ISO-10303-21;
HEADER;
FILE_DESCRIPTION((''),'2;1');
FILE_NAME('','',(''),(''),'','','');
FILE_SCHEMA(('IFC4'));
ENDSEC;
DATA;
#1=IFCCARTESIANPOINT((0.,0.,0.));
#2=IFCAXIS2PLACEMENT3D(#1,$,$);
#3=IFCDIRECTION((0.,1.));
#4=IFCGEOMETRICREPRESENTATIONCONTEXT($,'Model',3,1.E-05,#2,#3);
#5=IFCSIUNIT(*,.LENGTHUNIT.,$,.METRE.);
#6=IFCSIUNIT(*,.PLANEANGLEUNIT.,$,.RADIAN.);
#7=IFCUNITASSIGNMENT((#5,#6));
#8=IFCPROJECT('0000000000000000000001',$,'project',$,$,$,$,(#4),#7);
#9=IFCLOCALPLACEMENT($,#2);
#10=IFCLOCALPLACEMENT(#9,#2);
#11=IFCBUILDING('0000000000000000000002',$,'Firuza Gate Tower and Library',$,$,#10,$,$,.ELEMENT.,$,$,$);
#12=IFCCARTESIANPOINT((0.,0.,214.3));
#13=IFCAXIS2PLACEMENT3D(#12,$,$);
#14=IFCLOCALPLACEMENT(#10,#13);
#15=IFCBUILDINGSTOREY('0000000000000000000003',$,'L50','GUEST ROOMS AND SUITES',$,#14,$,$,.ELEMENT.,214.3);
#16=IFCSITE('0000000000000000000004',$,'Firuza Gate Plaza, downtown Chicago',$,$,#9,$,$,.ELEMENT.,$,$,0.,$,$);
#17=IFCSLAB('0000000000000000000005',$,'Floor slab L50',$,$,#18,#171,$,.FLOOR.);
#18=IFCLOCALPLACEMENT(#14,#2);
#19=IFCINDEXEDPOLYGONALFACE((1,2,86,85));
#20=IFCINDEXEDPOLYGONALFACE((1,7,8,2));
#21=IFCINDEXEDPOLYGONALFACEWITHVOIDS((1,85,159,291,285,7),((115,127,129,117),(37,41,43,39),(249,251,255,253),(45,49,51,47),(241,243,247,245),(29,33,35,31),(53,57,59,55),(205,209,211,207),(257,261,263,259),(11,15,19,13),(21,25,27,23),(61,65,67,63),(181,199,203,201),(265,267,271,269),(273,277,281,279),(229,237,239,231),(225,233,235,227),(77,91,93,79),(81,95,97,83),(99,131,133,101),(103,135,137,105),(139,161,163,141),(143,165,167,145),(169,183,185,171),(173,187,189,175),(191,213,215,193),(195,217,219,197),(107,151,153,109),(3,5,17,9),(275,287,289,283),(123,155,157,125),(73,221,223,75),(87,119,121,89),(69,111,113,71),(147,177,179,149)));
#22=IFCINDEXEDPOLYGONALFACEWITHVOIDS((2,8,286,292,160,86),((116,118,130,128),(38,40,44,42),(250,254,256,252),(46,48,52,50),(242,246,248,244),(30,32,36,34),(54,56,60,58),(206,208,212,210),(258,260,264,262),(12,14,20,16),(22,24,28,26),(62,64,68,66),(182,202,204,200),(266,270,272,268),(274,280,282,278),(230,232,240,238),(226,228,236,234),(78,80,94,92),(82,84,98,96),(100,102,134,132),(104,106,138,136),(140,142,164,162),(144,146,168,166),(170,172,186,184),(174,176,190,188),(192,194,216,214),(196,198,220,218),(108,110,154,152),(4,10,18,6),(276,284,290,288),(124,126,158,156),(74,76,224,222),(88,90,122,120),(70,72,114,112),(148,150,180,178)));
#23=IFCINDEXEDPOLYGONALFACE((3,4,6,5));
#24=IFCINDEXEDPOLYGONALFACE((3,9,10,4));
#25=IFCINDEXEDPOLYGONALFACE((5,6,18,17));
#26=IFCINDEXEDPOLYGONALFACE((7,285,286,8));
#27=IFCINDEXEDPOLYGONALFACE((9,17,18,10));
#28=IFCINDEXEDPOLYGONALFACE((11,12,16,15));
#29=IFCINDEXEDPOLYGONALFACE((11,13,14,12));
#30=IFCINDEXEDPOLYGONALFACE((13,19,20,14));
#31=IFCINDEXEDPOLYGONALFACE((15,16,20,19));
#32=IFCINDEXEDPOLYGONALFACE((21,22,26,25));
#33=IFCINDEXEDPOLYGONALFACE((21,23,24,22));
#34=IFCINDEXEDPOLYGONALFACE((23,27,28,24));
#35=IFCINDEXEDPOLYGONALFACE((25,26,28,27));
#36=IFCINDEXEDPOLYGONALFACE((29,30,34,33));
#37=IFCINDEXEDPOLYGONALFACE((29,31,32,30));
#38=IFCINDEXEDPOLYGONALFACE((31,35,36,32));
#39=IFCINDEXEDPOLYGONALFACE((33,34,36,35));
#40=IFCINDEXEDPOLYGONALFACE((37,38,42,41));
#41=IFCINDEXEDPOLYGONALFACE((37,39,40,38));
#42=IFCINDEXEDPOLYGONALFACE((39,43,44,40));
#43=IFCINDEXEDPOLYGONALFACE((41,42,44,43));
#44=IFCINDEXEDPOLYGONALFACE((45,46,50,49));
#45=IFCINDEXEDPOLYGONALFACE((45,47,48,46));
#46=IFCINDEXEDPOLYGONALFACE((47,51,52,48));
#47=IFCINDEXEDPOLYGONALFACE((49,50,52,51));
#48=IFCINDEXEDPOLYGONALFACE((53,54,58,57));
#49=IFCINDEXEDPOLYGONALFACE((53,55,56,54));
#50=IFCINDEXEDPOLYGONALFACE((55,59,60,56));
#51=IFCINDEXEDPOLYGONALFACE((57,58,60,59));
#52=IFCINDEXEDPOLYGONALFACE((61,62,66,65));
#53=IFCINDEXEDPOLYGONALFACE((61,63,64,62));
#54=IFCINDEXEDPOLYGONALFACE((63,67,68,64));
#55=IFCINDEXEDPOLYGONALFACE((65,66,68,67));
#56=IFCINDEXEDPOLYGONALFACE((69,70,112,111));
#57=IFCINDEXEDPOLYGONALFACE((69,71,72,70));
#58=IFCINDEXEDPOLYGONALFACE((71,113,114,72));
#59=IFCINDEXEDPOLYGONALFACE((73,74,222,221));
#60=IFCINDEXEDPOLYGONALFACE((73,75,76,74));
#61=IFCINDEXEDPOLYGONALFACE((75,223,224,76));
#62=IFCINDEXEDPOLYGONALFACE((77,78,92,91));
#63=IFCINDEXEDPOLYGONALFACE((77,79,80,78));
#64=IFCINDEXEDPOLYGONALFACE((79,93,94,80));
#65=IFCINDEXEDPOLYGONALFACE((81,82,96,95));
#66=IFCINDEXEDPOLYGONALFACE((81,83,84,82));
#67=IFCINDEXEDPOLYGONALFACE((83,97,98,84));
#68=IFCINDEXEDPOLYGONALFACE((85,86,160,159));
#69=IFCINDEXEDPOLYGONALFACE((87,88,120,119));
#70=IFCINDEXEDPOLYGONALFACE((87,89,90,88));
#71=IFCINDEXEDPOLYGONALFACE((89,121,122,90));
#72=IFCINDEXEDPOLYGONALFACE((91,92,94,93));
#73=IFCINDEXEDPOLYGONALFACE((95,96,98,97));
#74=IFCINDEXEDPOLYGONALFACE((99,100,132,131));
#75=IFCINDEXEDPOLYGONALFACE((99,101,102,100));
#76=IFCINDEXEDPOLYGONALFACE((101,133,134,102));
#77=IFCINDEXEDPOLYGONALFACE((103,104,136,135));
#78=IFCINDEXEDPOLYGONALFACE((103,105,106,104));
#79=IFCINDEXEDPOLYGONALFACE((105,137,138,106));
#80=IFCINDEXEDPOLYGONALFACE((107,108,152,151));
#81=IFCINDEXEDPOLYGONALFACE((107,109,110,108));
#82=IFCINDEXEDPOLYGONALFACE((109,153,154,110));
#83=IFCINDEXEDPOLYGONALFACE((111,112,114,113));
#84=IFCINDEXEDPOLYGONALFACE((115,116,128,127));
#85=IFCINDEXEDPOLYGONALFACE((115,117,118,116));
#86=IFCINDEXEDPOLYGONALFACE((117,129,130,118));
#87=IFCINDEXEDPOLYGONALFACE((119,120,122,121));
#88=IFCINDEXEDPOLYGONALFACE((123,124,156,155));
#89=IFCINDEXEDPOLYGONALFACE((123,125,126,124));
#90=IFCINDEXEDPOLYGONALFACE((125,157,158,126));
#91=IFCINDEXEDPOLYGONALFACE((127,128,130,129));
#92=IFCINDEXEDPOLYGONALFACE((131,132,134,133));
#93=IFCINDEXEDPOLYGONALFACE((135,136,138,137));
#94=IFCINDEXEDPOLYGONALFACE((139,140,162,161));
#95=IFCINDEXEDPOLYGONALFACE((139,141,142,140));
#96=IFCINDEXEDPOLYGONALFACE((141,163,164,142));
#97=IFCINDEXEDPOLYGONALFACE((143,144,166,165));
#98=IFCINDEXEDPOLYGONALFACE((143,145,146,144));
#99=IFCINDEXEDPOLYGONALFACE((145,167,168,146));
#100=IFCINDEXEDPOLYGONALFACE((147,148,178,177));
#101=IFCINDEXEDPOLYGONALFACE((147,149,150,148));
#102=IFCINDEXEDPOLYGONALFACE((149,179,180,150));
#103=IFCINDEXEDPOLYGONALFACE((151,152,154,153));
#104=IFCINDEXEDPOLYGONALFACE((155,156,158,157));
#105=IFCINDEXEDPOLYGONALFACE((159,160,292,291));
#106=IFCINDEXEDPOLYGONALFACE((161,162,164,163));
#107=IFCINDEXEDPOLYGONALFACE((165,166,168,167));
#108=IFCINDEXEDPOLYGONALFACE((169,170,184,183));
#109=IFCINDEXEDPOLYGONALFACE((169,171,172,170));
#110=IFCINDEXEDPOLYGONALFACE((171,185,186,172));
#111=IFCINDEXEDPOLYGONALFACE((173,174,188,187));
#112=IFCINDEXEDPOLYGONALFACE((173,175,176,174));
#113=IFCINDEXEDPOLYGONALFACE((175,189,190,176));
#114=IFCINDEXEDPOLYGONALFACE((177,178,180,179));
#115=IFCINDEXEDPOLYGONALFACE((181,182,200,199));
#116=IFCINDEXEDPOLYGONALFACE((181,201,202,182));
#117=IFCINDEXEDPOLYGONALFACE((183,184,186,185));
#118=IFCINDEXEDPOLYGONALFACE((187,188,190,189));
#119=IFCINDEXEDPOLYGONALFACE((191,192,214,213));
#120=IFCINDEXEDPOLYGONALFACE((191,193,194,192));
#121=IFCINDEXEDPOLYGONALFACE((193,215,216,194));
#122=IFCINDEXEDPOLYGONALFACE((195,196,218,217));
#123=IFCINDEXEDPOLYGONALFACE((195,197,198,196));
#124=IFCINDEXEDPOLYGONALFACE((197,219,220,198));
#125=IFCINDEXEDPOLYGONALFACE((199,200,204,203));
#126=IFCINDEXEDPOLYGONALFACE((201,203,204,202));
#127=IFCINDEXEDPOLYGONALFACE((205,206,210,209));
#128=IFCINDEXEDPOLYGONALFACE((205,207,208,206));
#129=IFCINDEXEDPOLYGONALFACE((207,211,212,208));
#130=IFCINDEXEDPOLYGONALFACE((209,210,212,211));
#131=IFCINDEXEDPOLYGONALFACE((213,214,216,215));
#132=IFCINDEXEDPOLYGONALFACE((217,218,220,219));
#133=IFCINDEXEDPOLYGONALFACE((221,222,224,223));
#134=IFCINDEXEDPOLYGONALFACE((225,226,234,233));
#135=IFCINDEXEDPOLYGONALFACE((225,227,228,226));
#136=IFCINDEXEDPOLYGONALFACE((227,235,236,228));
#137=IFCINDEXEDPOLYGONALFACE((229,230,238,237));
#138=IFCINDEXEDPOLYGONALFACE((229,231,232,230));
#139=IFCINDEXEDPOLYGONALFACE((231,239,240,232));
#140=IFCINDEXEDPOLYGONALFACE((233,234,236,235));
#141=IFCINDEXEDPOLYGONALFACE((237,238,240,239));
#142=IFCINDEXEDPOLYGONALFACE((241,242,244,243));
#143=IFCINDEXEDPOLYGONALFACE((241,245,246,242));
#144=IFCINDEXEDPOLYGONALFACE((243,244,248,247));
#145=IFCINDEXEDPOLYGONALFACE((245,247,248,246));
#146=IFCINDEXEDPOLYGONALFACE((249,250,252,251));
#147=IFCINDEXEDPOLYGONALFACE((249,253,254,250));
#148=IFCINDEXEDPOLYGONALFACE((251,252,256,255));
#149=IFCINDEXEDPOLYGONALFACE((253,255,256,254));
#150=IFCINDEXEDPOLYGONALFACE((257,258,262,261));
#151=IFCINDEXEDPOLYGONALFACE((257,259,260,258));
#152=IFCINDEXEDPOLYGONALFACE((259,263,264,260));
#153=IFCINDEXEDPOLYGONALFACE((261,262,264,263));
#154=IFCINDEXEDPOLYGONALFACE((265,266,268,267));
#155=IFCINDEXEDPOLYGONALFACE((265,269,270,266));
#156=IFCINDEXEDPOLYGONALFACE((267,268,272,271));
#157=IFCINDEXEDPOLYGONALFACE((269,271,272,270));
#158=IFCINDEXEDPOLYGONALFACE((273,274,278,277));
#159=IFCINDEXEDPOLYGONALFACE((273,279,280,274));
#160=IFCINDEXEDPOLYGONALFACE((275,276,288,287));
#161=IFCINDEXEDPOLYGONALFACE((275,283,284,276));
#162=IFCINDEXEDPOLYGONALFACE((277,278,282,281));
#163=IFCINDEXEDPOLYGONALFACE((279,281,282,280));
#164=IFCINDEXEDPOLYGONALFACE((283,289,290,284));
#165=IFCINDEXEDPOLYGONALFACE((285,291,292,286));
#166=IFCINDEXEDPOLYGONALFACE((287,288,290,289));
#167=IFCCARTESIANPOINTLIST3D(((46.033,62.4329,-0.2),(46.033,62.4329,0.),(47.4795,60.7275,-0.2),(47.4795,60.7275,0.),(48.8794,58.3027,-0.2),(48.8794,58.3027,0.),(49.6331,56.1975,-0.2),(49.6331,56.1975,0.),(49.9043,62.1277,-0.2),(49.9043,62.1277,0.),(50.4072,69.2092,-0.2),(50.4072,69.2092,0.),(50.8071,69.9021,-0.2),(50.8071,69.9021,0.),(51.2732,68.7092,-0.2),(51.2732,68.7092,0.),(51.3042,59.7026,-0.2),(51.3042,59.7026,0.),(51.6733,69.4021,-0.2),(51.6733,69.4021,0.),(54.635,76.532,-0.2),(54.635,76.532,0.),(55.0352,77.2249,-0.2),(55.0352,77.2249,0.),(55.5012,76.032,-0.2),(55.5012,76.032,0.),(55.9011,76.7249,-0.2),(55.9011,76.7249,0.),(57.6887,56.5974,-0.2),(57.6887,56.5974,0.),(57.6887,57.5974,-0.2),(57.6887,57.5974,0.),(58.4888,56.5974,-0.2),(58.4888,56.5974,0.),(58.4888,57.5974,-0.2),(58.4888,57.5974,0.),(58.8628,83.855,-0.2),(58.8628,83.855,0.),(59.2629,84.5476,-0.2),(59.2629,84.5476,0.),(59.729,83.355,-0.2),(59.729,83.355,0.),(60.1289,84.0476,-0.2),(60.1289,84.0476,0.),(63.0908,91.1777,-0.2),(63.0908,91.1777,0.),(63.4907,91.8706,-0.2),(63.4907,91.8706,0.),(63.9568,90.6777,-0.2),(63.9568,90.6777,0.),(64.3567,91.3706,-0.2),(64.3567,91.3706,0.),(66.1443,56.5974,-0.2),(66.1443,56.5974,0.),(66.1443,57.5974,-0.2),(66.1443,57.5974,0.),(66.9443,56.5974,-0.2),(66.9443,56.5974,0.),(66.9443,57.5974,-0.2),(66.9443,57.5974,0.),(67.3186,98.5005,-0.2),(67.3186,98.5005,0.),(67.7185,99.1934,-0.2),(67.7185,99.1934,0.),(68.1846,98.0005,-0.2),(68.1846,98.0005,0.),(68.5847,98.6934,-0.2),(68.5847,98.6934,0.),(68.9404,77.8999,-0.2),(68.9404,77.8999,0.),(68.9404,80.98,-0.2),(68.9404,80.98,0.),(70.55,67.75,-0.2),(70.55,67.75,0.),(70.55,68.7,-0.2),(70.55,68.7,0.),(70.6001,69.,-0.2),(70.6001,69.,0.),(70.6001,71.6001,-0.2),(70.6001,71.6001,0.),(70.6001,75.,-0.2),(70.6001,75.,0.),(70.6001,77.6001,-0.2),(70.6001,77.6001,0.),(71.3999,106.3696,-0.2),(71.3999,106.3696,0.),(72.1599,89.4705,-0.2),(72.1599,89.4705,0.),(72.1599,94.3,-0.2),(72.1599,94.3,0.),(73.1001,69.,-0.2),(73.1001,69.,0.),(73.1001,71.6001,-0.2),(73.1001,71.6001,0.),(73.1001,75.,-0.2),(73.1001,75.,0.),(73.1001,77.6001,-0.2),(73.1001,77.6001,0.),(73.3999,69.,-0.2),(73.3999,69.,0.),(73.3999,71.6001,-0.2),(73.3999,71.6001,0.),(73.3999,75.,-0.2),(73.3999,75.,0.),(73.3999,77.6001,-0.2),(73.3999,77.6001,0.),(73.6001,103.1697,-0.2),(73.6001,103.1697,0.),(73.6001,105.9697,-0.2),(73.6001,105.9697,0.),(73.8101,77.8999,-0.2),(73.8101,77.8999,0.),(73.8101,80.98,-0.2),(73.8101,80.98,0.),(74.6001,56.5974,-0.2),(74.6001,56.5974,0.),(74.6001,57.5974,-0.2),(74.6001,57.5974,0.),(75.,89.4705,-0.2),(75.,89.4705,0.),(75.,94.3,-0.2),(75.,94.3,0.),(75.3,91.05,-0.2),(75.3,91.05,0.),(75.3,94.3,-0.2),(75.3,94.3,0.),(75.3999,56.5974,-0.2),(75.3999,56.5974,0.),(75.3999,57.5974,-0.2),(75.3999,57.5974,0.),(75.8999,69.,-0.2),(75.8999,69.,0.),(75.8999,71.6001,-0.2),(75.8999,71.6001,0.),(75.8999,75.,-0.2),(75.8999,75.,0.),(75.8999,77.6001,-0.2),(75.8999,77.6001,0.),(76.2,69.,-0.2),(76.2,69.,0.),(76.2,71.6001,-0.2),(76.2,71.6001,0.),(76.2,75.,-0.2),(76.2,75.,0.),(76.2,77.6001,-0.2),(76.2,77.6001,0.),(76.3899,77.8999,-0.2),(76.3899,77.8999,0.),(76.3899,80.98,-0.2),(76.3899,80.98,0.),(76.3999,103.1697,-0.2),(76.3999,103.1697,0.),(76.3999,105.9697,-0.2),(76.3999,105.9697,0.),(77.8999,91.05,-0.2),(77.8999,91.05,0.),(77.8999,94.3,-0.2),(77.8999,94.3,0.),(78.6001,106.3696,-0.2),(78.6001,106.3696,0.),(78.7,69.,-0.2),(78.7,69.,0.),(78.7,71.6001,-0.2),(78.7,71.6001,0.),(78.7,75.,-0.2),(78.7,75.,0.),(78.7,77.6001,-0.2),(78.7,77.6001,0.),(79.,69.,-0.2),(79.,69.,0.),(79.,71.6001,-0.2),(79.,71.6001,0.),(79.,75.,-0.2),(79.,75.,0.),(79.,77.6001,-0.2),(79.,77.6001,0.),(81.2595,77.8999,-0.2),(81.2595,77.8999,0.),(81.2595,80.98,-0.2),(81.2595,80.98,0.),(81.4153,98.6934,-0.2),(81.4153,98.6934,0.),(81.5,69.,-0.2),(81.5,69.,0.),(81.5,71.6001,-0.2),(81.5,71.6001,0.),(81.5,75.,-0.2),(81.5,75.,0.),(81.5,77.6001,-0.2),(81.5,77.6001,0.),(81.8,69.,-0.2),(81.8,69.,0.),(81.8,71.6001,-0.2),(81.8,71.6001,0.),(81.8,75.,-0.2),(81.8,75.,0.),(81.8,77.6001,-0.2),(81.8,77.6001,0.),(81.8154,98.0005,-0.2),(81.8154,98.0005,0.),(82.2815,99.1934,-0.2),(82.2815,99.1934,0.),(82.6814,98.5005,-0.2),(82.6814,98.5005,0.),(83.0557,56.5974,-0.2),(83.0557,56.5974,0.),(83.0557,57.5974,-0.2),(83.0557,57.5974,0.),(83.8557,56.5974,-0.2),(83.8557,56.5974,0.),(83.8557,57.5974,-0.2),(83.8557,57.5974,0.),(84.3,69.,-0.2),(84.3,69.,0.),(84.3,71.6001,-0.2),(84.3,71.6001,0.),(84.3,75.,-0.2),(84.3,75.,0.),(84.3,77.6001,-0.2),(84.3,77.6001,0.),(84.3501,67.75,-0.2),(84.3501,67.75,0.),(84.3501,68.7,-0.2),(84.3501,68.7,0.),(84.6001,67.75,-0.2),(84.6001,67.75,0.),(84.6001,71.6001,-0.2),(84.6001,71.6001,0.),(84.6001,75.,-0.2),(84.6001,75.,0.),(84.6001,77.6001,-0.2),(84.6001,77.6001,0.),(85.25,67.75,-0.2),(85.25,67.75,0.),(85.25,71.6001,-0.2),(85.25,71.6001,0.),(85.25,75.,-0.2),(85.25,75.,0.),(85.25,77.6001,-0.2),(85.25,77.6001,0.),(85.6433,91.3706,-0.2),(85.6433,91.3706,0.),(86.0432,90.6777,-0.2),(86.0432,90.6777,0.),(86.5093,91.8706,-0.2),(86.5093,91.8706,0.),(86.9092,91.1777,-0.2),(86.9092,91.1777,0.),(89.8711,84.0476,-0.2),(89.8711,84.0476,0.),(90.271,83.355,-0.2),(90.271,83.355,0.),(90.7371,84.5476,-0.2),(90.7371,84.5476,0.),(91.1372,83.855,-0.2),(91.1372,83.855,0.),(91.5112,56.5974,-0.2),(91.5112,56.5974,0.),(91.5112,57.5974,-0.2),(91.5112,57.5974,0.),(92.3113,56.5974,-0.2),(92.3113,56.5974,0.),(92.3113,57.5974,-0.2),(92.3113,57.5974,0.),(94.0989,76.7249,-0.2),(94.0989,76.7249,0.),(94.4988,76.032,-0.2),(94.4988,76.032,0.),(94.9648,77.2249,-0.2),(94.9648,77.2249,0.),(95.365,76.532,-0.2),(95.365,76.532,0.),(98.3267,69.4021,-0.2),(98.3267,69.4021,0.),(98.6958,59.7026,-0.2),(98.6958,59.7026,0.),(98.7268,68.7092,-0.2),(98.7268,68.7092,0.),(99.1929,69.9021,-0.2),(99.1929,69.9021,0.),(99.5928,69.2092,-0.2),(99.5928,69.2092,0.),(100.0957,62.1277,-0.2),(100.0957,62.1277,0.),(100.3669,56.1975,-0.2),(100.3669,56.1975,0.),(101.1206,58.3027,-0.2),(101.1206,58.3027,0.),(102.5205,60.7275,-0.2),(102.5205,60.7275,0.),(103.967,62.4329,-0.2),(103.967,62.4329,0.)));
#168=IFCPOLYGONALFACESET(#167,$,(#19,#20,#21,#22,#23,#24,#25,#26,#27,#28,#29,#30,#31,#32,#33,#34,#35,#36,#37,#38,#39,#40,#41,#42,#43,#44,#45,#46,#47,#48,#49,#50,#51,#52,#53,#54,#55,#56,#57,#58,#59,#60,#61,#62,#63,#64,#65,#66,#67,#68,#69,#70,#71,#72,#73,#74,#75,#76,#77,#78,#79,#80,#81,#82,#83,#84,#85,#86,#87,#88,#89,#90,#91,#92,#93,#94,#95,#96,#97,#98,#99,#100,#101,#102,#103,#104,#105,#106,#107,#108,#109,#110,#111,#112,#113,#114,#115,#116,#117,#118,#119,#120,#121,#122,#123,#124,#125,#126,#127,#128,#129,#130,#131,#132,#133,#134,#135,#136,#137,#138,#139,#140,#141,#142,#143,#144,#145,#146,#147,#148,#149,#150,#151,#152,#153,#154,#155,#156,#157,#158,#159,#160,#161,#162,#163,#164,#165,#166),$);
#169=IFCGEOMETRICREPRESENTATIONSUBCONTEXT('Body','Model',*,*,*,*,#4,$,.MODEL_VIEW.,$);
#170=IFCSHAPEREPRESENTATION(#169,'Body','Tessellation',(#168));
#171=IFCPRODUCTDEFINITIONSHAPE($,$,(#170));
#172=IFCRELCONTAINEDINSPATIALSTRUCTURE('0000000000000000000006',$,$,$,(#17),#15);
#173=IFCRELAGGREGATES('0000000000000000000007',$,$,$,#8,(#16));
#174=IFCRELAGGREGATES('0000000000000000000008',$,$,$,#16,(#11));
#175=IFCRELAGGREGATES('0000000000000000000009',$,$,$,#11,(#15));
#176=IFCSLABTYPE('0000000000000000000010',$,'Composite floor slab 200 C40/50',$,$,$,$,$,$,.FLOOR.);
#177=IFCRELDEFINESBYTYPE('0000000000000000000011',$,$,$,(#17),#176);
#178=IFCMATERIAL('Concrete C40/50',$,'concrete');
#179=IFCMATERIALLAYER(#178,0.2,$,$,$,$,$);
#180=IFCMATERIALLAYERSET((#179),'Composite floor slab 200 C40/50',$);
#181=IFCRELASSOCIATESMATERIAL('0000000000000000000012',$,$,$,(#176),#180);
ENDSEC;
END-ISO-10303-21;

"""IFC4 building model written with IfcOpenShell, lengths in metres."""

from ifc_helpers import new_model, si_unit, direction, frame, origin, place, context, subcontext, project, spatial, polyline, outline, extrude, material, layer, layer_set, type_object, element, save


model = new_model("IFC4")

# Units and contexts
model_context = context("Model", 3, precision=1e-05, world=origin(), true_north=direction((0.0, 1.0)))
body_context = subcontext(model_context, "Body", "Model", "MODEL_VIEW")
ifc_project = project(units=[si_unit("LENGTHUNIT", "METRE"), si_unit("PLANEANGLEUNIT", "RADIAN")], contexts=[model_context])

# Site, building, storey
site_placement = place(None, origin())
site = spatial("IfcSite", under=ifc_project, at=site_placement, Name="Firuza Gate Plaza, downtown Chicago", CompositionType="ELEMENT", RefElevation=0.0)
building_placement = place(site_placement, origin())
building = spatial("IfcBuilding", under=site, at=building_placement, Name="Firuza Gate Tower and Library", CompositionType="ELEMENT")
storey_placement = place(building_placement, frame((0.0, 0.0, 214.3)))
storey = spatial("IfcBuildingStorey", under=building, at=storey_placement, Name="L50", Description="GUEST ROOMS AND SUITES", CompositionType="ELEMENT", Elevation=214.3)

# Slab
ifc_material_1 = material(Name="Concrete C40/50", Category="concrete")
ifc_layer_1 = layer(ifc_material_1, 0.2)
ifc_layer_set_1 = layer_set([ifc_layer_1], Name="Composite floor slab 200 C40/50")
slab_type_1 = type_object("IfcSlabType", Name="Composite floor slab 200 C40/50", PredefinedType="FLOOR", material=ifc_layer_set_1)
slab_1_placement = place(storey_placement, frame((0.0, 0.0, -0.2)))
element("IfcSlab", 1, at=slab_1_placement, inside=storey, type_object=slab_type_1, Name="Floor slab L50", PredefinedType="FLOOR", context=body_context, shape_type="SweptSolid", body=[
    extrude(outline(polyline([(46.033, 62.4329), (49.6331, 56.1975), (100.3669, 56.1975), (103.967, 62.4329), (78.6001, 106.3696), (71.3999, 106.3696), (46.033, 62.4329)]), holes=[polyline([(57.6887, 56.5974), (57.6887, 57.5974), (58.4888, 57.5974), (58.4888, 56.5974), (57.6887, 56.5974)]), polyline([(74.6001, 56.5974), (74.6001, 57.5974), (75.3999, 57.5974), (75.3999, 56.5974), (74.6001, 56.5974)]), polyline([(66.1443, 56.5974), (66.1443, 57.5974), (66.9443, 57.5974), (66.9443, 56.5974), (66.1443, 56.5974)]), polyline([(47.4795, 60.7275), (49.9043, 62.1277), (51.3042, 59.7026), (48.8794, 58.3027), (47.4795, 60.7275)]), polyline([(84.3501, 67.75), (70.55, 67.75), (70.55, 68.7), (84.3501, 68.7), (84.3501, 67.75)]), polyline([(50.8071, 69.9021), (51.6733, 69.4021), (51.2732, 68.7092), (50.4072, 69.2092), (50.8071, 69.9021)]), polyline([(73.1001, 69.0), (70.6001, 69.0), (70.6001, 71.6001), (73.1001, 71.6001), (73.1001, 69.0)]), polyline([(75.8999, 69.0), (73.3999, 69.0), (73.3999, 71.6001), (75.8999, 71.6001), (75.8999, 69.0)]), polyline([(73.1001, 75.0), (70.6001, 75.0), (70.6001, 77.6001), (73.1001, 77.6001), (73.1001, 75.0)]), polyline([(75.8999, 75.0), (73.3999, 75.0), (73.3999, 77.6001), (75.8999, 77.6001), (75.8999, 75.0)]), polyline([(55.0352, 77.2249), (55.9011, 76.7249), (55.5012, 76.032), (54.635, 76.532), (55.0352, 77.2249)]), polyline([(73.8101, 77.8999), (68.9404, 77.8999), (68.9404, 80.98), (73.8101, 80.98), (73.8101, 77.8999)]), polyline([(59.2629, 84.5476), (60.1289, 84.0476), (59.729, 83.355), (58.8628, 83.855), (59.2629, 84.5476)]), polyline([(63.4907, 91.8706), (64.3567, 91.3706), (63.9568, 90.6777), (63.0908, 91.1777), (63.4907, 91.8706)]), polyline([(72.1599, 89.4705), (72.1599, 94.3), (75.0, 94.3), (75.0, 89.4705), (72.1599, 89.4705)]), polyline([(75.3, 91.05), (75.3, 94.3), (77.8999, 94.3), (77.8999, 91.05), (75.3, 91.05)]), polyline([(68.5847, 98.6934), (68.1846, 98.0005), (67.3186, 98.5005), (67.7185, 99.1934), (68.5847, 98.6934)]), polyline([(76.3999, 105.9697), (76.3999, 103.1697), (73.6001, 103.1697), (73.6001, 105.9697), (76.3999, 105.9697)]), polyline([(91.5112, 56.5974), (91.5112, 57.5974), (92.3113, 57.5974), (92.3113, 56.5974), (91.5112, 56.5974)]), polyline([(83.0557, 56.5974), (83.0557, 57.5974), (83.8557, 57.5974), (83.8557, 56.5974), (83.0557, 56.5974)]), polyline([(101.1206, 58.3027), (98.6958, 59.7026), (100.0957, 62.1277), (102.5205, 60.7275), (101.1206, 58.3027)]), polyline([(99.5928, 69.2092), (98.7268, 68.7092), (98.3267, 69.4021), (99.1929, 69.9021), (99.5928, 69.2092)]), polyline([(85.25, 67.75), (84.6001, 67.75), (84.6001, 71.6001), (85.25, 71.6001), (85.25, 67.75)]), polyline([(81.5, 69.0), (79.0, 69.0), (79.0, 71.6001), (81.5, 71.6001), (81.5, 69.0)]), polyline([(81.8, 69.0), (81.8, 71.6001), (84.3, 71.6001), (84.3, 69.0), (81.8, 69.0)]), polyline([(76.2, 69.0), (76.2, 71.6001), (78.7, 71.6001), (78.7, 69.0), (76.2, 69.0)]), polyline([(81.5, 75.0), (79.0, 75.0), (79.0, 77.6001), (81.5, 77.6001), (81.5, 75.0)]), polyline([(84.3, 75.0), (81.8, 75.0), (81.8, 77.6001), (84.3, 77.6001), (84.3, 75.0)]), polyline([(85.25, 75.0), (84.6001, 75.0), (84.6001, 77.6001), (85.25, 77.6001), (85.25, 75.0)]), polyline([(78.7, 75.0), (76.2, 75.0), (76.2, 77.6001), (78.7, 77.6001), (78.7, 75.0)]), polyline([(95.365, 76.532), (94.4988, 76.032), (94.0989, 76.7249), (94.9648, 77.2249), (95.365, 76.532)]), polyline([(81.2595, 77.8999), (76.3899, 77.8999), (76.3899, 80.98), (81.2595, 80.98), (81.2595, 77.8999)]), polyline([(91.1372, 83.855), (90.271, 83.355), (89.8711, 84.0476), (90.7371, 84.5476), (91.1372, 83.855)]), polyline([(86.0432, 90.6777), (85.6433, 91.3706), (86.5093, 91.8706), (86.9092, 91.1777), (86.0432, 90.6777)]), polyline([(81.8154, 98.0005), (81.4153, 98.6934), (82.2815, 99.1934), (82.6814, 98.5005), (81.8154, 98.0005)])]), origin(), (0.0, 0.0, 1.0), 0.2),
])

save(model, "model.ifc")
